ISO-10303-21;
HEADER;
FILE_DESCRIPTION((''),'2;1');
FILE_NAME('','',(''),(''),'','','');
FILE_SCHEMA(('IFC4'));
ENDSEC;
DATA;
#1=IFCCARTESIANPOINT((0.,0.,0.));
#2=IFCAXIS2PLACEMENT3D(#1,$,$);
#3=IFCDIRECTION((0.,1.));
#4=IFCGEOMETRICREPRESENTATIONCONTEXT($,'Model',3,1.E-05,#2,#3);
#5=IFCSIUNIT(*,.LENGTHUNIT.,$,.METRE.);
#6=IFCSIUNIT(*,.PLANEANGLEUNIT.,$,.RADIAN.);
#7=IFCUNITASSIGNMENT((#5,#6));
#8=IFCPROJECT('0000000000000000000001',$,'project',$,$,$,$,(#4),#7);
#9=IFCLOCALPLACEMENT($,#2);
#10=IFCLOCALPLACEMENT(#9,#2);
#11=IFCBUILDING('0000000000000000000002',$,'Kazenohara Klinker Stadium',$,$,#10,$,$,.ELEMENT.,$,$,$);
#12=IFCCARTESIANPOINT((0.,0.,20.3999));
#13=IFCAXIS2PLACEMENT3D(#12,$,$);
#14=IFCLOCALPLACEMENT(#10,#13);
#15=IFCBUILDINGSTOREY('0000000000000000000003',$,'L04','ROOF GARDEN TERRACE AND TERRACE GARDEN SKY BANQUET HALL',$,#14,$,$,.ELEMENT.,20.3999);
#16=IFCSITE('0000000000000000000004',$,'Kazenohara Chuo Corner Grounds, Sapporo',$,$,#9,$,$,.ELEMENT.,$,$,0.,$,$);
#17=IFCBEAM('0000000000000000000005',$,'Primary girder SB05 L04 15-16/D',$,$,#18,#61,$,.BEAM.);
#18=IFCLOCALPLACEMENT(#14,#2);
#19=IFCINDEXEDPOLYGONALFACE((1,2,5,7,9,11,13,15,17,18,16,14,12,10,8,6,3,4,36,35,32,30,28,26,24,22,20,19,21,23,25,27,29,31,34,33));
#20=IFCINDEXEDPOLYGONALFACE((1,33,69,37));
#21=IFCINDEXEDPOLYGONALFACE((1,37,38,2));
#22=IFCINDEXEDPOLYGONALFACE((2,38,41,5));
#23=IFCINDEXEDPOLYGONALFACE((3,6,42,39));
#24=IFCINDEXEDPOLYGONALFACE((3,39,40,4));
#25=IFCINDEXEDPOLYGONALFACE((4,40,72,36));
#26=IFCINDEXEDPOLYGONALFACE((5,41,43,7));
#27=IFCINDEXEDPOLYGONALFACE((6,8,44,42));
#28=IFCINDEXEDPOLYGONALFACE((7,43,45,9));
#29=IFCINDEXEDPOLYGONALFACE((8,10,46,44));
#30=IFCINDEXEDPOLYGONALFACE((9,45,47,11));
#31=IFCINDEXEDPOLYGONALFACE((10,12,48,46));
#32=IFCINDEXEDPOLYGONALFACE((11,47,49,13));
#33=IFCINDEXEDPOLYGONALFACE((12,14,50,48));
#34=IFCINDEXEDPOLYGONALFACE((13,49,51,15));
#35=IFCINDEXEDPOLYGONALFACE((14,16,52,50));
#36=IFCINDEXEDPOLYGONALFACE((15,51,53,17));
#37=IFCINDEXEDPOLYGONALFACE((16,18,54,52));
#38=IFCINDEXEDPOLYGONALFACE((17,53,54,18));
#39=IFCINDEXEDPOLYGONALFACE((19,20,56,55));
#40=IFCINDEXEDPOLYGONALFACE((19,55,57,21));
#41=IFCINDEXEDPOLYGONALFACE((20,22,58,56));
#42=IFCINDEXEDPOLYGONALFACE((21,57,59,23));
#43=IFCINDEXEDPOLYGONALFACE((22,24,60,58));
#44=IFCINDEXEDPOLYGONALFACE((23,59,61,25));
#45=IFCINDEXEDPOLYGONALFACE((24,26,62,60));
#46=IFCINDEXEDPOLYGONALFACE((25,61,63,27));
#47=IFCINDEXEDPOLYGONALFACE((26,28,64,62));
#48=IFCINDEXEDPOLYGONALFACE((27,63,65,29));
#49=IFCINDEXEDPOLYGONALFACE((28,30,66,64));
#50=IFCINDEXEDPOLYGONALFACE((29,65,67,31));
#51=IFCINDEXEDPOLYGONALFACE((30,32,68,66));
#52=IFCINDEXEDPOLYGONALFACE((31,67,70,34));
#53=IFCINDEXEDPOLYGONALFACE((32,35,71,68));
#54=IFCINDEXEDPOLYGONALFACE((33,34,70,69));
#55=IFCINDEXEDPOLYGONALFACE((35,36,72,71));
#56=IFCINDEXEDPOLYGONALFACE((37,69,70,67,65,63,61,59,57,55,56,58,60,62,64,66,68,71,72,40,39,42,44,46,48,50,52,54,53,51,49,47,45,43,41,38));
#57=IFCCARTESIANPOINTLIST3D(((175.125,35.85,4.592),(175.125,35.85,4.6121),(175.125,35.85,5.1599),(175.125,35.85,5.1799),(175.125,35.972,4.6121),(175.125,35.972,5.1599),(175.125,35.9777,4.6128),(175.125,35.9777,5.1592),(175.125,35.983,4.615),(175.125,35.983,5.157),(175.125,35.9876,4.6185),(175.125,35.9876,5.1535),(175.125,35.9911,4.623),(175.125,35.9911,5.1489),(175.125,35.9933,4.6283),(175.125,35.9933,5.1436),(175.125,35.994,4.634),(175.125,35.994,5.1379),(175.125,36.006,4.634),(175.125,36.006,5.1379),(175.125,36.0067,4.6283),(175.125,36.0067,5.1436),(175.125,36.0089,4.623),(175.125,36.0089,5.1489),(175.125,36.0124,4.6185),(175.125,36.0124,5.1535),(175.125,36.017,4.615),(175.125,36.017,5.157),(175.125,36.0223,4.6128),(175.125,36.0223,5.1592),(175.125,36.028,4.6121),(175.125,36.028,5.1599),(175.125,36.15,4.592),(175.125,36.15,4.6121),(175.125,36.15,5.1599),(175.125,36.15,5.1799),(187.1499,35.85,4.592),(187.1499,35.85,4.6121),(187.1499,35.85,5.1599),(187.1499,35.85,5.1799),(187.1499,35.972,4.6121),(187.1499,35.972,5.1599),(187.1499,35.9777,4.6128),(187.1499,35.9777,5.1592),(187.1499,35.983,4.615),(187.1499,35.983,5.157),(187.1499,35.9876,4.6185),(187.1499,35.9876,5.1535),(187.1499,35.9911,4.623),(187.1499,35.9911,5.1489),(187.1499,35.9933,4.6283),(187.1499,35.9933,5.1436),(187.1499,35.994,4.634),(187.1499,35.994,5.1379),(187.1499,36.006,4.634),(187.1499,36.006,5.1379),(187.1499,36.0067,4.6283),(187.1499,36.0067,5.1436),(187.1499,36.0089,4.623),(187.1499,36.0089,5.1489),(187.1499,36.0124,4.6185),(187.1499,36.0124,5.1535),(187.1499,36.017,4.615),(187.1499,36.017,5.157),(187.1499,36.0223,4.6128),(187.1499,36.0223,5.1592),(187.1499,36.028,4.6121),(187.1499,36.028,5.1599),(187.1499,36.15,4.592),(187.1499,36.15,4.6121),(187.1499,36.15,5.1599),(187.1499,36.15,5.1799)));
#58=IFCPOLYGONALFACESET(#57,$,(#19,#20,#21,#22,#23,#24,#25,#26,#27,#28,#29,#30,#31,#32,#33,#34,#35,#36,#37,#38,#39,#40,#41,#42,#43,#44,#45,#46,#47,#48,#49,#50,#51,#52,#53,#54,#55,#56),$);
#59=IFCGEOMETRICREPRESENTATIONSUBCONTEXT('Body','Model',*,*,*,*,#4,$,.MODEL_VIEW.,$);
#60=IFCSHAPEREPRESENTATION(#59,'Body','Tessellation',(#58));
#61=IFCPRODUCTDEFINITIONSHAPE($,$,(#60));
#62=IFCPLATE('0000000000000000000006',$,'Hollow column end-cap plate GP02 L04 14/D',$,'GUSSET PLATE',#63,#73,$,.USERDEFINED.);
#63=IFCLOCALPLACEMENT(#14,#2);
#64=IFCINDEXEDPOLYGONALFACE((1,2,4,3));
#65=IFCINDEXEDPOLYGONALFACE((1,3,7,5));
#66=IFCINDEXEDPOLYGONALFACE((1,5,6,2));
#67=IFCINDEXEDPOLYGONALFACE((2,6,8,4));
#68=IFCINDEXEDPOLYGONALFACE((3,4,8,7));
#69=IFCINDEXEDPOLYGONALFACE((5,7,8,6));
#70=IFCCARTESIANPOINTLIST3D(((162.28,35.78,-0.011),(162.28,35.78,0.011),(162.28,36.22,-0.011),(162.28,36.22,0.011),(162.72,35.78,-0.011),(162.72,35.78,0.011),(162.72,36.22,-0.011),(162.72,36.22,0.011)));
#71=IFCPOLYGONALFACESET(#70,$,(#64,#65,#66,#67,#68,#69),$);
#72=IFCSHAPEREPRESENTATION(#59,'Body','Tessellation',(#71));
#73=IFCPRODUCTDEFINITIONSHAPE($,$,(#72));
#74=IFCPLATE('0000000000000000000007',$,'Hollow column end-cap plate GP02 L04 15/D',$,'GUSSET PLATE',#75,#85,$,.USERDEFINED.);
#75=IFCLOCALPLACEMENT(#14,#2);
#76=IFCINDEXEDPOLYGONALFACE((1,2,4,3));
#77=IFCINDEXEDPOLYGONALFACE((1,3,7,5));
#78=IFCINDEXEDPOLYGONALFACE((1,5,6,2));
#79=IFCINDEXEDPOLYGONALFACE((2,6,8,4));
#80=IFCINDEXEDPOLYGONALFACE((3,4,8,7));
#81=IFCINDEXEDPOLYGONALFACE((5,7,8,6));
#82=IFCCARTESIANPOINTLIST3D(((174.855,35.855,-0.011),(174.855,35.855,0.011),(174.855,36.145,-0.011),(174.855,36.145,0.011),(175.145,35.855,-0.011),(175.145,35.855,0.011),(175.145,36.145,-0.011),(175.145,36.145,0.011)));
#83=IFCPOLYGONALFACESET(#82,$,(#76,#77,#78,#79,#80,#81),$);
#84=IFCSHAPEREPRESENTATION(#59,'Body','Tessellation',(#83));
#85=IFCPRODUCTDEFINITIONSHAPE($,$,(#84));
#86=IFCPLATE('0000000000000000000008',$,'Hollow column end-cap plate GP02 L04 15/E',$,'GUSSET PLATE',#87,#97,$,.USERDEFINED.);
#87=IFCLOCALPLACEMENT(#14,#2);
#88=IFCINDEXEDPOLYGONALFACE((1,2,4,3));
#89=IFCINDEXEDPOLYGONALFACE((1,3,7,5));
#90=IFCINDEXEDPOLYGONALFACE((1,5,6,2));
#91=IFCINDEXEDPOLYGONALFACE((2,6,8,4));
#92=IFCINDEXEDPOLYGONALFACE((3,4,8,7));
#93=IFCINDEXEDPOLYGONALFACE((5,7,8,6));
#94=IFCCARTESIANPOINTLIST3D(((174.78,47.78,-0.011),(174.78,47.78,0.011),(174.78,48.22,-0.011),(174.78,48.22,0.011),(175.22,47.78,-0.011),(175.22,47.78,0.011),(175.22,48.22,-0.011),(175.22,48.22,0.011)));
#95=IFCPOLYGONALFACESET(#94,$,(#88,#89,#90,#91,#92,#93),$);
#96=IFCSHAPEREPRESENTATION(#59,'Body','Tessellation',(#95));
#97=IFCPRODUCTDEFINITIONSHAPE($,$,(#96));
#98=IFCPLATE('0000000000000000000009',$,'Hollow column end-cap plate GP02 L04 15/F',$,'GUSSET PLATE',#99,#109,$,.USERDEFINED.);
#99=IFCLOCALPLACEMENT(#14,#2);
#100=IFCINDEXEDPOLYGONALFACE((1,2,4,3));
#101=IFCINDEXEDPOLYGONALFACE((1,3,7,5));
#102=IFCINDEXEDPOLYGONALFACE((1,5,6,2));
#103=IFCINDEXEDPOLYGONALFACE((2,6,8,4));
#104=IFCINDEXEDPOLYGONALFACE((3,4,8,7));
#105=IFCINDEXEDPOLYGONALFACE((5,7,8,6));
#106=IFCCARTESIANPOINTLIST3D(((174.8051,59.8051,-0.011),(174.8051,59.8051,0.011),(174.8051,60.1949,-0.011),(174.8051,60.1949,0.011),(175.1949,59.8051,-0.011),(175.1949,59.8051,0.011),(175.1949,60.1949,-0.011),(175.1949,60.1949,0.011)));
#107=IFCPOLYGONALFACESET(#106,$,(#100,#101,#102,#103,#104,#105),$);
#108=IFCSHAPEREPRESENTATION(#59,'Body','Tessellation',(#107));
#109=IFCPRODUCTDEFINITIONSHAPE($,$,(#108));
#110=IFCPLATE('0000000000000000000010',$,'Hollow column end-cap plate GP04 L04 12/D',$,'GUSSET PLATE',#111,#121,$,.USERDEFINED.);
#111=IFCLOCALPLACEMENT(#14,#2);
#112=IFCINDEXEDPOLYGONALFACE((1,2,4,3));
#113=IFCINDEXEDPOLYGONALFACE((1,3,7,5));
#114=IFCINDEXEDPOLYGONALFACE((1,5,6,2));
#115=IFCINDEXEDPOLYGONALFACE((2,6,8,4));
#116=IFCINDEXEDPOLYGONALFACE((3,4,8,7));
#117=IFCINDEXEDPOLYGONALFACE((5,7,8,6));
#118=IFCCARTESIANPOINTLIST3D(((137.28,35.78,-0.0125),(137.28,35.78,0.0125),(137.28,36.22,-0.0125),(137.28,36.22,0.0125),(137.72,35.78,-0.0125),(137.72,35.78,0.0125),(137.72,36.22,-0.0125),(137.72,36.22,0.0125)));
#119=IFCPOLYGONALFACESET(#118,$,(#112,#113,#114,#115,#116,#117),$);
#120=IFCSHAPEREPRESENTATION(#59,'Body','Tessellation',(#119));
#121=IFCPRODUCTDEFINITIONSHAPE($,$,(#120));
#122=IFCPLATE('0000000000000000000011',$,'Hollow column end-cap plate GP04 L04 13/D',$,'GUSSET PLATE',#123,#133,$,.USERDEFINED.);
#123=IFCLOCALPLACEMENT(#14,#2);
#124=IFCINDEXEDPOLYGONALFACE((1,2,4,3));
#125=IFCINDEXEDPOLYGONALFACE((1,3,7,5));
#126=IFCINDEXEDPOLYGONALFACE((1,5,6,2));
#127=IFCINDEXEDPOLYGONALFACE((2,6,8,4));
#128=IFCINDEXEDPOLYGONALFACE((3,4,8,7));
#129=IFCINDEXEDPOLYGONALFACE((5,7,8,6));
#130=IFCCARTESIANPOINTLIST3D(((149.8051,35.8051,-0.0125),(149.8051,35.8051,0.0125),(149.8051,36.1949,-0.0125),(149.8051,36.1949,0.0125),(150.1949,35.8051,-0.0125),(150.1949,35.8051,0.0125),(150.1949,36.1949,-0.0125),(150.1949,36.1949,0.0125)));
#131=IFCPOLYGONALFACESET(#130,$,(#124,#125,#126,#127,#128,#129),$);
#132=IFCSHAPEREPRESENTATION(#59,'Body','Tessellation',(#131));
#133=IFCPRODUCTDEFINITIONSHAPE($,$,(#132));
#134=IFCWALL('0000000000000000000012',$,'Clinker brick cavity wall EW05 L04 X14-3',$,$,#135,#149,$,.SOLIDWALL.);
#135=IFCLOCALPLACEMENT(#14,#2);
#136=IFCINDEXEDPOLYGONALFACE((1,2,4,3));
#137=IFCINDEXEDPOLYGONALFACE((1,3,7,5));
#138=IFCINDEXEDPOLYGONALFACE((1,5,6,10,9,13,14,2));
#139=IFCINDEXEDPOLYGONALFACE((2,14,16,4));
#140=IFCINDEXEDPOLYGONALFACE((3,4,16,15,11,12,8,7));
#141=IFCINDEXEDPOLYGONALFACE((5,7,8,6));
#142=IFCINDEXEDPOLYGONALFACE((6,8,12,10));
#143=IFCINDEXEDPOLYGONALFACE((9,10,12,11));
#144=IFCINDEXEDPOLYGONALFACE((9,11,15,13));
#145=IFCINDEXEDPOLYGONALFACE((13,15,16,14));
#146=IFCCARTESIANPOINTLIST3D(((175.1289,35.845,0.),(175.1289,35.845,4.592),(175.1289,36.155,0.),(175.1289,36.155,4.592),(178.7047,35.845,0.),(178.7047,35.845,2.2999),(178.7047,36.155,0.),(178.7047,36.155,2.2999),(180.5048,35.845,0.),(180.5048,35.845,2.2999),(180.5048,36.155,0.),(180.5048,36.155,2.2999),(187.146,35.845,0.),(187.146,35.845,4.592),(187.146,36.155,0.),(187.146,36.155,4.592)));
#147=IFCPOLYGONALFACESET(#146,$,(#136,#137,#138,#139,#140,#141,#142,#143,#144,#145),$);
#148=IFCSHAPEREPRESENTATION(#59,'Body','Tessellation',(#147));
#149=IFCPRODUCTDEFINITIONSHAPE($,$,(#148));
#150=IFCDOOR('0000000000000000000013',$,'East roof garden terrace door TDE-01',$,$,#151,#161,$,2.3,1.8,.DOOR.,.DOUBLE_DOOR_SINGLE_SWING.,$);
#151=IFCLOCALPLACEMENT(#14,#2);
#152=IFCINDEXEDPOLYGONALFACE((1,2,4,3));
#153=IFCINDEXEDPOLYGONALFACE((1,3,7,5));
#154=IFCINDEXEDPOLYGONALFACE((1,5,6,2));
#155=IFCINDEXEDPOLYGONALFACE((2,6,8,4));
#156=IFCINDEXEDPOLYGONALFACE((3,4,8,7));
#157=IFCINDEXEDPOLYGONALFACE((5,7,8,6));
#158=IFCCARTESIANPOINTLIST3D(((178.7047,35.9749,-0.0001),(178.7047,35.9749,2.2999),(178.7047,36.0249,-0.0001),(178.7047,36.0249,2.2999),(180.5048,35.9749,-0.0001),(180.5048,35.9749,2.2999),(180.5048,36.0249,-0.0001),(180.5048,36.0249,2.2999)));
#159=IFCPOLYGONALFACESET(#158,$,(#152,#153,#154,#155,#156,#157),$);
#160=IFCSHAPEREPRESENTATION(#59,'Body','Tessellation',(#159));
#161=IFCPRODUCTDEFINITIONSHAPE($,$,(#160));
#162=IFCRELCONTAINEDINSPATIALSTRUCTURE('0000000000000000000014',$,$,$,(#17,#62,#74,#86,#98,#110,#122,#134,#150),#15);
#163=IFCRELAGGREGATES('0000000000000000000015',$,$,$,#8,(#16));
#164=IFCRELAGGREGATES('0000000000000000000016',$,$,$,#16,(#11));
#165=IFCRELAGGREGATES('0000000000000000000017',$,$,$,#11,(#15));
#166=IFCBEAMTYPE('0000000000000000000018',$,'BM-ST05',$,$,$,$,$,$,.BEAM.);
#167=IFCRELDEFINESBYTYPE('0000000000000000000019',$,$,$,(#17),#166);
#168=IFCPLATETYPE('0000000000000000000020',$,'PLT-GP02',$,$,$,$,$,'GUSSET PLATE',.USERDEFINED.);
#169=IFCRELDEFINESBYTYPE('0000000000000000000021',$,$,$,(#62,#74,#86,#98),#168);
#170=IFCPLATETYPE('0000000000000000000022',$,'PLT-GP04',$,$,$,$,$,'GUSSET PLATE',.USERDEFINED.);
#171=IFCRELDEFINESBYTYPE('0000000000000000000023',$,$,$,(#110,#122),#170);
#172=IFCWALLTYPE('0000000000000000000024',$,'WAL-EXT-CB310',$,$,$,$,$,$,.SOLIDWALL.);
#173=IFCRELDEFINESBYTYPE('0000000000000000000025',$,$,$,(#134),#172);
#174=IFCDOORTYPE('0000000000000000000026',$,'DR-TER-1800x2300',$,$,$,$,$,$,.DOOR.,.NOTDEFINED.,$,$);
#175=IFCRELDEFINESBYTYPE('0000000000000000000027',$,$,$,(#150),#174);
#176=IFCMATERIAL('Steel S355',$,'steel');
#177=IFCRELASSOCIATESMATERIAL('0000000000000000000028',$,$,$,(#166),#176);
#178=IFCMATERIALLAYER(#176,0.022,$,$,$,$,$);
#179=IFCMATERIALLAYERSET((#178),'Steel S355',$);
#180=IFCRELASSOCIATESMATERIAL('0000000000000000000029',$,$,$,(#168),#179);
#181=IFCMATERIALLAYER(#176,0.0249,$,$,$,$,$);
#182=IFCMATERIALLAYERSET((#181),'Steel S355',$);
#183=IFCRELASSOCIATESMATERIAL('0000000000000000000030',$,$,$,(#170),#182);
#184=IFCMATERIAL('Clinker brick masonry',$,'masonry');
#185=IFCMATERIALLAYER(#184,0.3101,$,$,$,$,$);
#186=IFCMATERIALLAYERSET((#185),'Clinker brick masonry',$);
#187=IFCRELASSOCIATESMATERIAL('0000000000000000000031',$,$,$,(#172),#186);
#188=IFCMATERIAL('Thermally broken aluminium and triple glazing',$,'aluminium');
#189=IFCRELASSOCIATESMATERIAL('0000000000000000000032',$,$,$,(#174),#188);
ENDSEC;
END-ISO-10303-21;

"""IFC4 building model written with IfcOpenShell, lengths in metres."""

from ifc_helpers import new_model, si_unit, direction, frame, frame_2d, origin, origin_2d, place, context, subcontext, project, spatial, rectangle, i_section, extrude, material, layer, layer_set, material_profile, profile_set, type_object, element, fill, save


model = new_model("IFC4")

# Units and contexts
model_context = context("Model", 3, precision=1e-05, world=origin(), true_north=direction((0.0, 1.0)))
body_context = subcontext(model_context, "Body", "Model", "MODEL_VIEW")
ifc_project = project(units=[si_unit("LENGTHUNIT", "METRE"), si_unit("PLANEANGLEUNIT", "RADIAN")], contexts=[model_context])

# Site, building, storey
site_placement = place(None, origin())
site = spatial("IfcSite", under=ifc_project, at=site_placement, Name="Kazenohara Chuo Corner Grounds, Sapporo", CompositionType="ELEMENT", RefElevation=0.0)
building_placement = place(site_placement, origin())
building = spatial("IfcBuilding", under=site, at=building_placement, Name="Kazenohara Klinker Stadium", CompositionType="ELEMENT")
storey_placement = place(building_placement, frame((0.0, 0.0, 20.3999)))
storey = spatial("IfcBuildingStorey", under=building, at=storey_placement, Name="L04", Description="ROOF GARDEN TERRACE AND TERRACE GARDEN SKY BANQUET HALL", CompositionType="ELEMENT", Elevation=20.3999)

# Shared definitions
ifc_material_1 = material(Name="Steel S355", Category="steel")

# Beam
ifc_material_profile_1 = material_profile(ifc_material_1, i_section(OverallWidth=0.3, OverallDepth=0.5879, WebThickness=0.012, FlangeThickness=0.02, FilletRadius=0.022, at=origin_2d()), Name="H-588x300x12x20")
ifc_profile_set_1 = profile_set([ifc_material_profile_1], Name="Steel S355")
beam_type_1 = type_object("IfcBeamType", Name="BM-ST05", PredefinedType="BEAM", material=ifc_profile_set_1)
beam_placement = place(storey_placement, frame((175.125, 36.0, 4.886), z_axis=(1.0, 0.0, 0.0), x_axis=(0.0, 1.0, 0.0)))
element("IfcBeam", 1, at=beam_placement, inside=storey, type_object=beam_type_1, Name="Primary girder SB05 L04 15-16/D", PredefinedType="BEAM", context=body_context, shape_type="SweptSolid", body=[
    extrude(i_section(OverallWidth=0.3, OverallDepth=0.5879, WebThickness=0.012, FlangeThickness=0.02, FilletRadius=0.022, at=origin_2d()), origin(), (0.0, 0.0, 1.0), 12.0249),
])

# Plates
ifc_layer_1 = layer(ifc_material_1, 0.022)
ifc_layer_set_1 = layer_set([ifc_layer_1], Name="Steel S355")
plate_type_1 = type_object("IfcPlateType", Name="PLT-GP02", ElementType="GUSSET PLATE", PredefinedType="USERDEFINED", material=ifc_layer_set_1)
plate_1_placement = place(storey_placement, frame((162.5, 36.0, -0.011), z_axis=(0.0, 0.0, 1.0), x_axis=(1.0, 0.0, 0.0)))
element("IfcPlate", 2, at=plate_1_placement, inside=storey, type_object=plate_type_1, Name="Hollow column end-cap plate GP02 L04 14/D", ObjectType="GUSSET PLATE", PredefinedType="USERDEFINED", context=body_context, shape_type="SweptSolid", body=[
    extrude(rectangle(XDim=0.4399, YDim=0.4399, at=origin_2d()), origin(), (0.0, 0.0, 1.0), 0.022),
])
plate_2_placement = place(storey_placement, frame((175.0, 36.0, -0.011), z_axis=(0.0, 0.0, 1.0), x_axis=(1.0, 0.0, 0.0)))
element("IfcPlate", 3, at=plate_2_placement, inside=storey, type_object=plate_type_1, Name="Hollow column end-cap plate GP02 L04 15/D", ObjectType="GUSSET PLATE", PredefinedType="USERDEFINED", context=body_context, shape_type="SweptSolid", body=[
    extrude(rectangle(XDim=0.29, YDim=0.29, at=origin_2d()), origin(), (0.0, 0.0, 1.0), 0.022),
])
plate_3_placement = place(storey_placement, frame((175.0, 48.0, -0.011), z_axis=(0.0, 0.0, 1.0), x_axis=(1.0, 0.0, 0.0)))
element("IfcPlate", 4, at=plate_3_placement, inside=storey, type_object=plate_type_1, Name="Hollow column end-cap plate GP02 L04 15/E", ObjectType="GUSSET PLATE", PredefinedType="USERDEFINED", context=body_context, shape_type="SweptSolid", body=[
    extrude(rectangle(XDim=0.4399, YDim=0.4399, at=origin_2d()), origin(), (0.0, 0.0, 1.0), 0.022),
])
plate_4_placement = place(storey_placement, frame((175.0, 60.0, -0.011), z_axis=(0.0, 0.0, 1.0), x_axis=(1.0, 0.0, 0.0)))
element("IfcPlate", 5, at=plate_4_placement, inside=storey, type_object=plate_type_1, Name="Hollow column end-cap plate GP02 L04 15/F", ObjectType="GUSSET PLATE", PredefinedType="USERDEFINED", context=body_context, shape_type="SweptSolid", body=[
    extrude(rectangle(XDim=0.3899, YDim=0.3899, at=origin_2d()), origin(), (0.0, 0.0, 1.0), 0.022),
])
ifc_layer_2 = layer(ifc_material_1, 0.0249)
ifc_layer_set_2 = layer_set([ifc_layer_2], Name="Steel S355")
plate_type_2 = type_object("IfcPlateType", Name="PLT-GP04", ElementType="GUSSET PLATE", PredefinedType="USERDEFINED", material=ifc_layer_set_2)
plate_5_placement = place(storey_placement, frame((137.5, 36.0, -0.0125), z_axis=(0.0, 0.0, 1.0), x_axis=(1.0, 0.0, 0.0)))
element("IfcPlate", 6, at=plate_5_placement, inside=storey, type_object=plate_type_2, Name="Hollow column end-cap plate GP04 L04 12/D", ObjectType="GUSSET PLATE", PredefinedType="USERDEFINED", context=body_context, shape_type="SweptSolid", body=[
    extrude(rectangle(XDim=0.4399, YDim=0.4399, at=origin_2d()), origin(), (0.0, 0.0, 1.0), 0.0249),
])
plate_6_placement = place(storey_placement, frame((150.0, 36.0, -0.0125), z_axis=(0.0, 0.0, 1.0), x_axis=(1.0, 0.0, 0.0)))
element("IfcPlate", 7, at=plate_6_placement, inside=storey, type_object=plate_type_2, Name="Hollow column end-cap plate GP04 L04 13/D", ObjectType="GUSSET PLATE", PredefinedType="USERDEFINED", context=body_context, shape_type="SweptSolid", body=[
    extrude(rectangle(XDim=0.3899, YDim=0.3899, at=origin_2d()), origin(), (0.0, 0.0, 1.0), 0.0249),
])

# Wall, opening, door
ifc_material_2 = material(Name="Clinker brick masonry", Category="masonry")
ifc_layer_3 = layer(ifc_material_2, 0.3101)
ifc_layer_set_3 = layer_set([ifc_layer_3], Name="Clinker brick masonry")
wall_type = type_object("IfcWallType", Name="WAL-EXT-CB310", PredefinedType="SOLIDWALL", material=ifc_layer_set_3)
wall_placement = place(storey_placement, frame((175.1289, 36.0, 0.0), z_axis=(0.0, 0.0, 1.0), x_axis=(1.0, 0.0, 0.0)))
wall = element("IfcWall", 8, at=wall_placement, inside=storey, type_object=wall_type, Name="Clinker brick cavity wall EW05 L04 X14-3", PredefinedType="SOLIDWALL", context=body_context, shape_type="SweptSolid", body=[
    extrude(rectangle(XDim=12.0171, YDim=0.3101, at=frame_2d((6.0085, 0.0))), origin(), (0.0, 0.0, 1.0), 4.592),
])
opening_placement = place(wall_placement, frame((3.5759, 0.0, 0.0)))
opening = element("IfcOpeningElement", 9, at=opening_placement, cuts=wall, PredefinedType="OPENING", context=body_context, shape_type="SweptSolid", body=[
    extrude(rectangle(XDim=1.8, YDim=2.3, at=frame_2d((0.8999, 1.1499))), frame((0.0, 0.165, 0.0), z_axis=(0.0, -1.0, 0.0), x_axis=(1.0, 0.0, 0.0)), (0.0, 0.0, 1.0), 0.3301),
])
ifc_material_3 = material(Name="Thermally broken aluminium and triple glazing", Category="aluminium")
door_type = type_object("IfcDoorType", Name="DR-TER-1800x2300", OperationType="NOTDEFINED", PredefinedType="DOOR", material=ifc_material_3)
door_placement = place(opening_placement, origin())
door = element("IfcDoor", 10, at=door_placement, inside=storey, type_object=door_type, Name="East roof garden terrace door TDE-01", OperationType="DOUBLE_DOOR_SINGLE_SWING", OverallHeight=2.3, OverallWidth=1.8, PredefinedType="DOOR", context=body_context, shape_type="SweptSolid", body=[
    extrude(rectangle(XDim=1.8, YDim=2.3, at=frame_2d((0.8999, 1.1499))), frame((0.0, 0.0249, 0.0), z_axis=(0.0, -1.0, 0.0), x_axis=(1.0, 0.0, 0.0)), (0.0, 0.0, 1.0), 0.05),
])
fill(opening, door)

save(model, "model.ifc")
